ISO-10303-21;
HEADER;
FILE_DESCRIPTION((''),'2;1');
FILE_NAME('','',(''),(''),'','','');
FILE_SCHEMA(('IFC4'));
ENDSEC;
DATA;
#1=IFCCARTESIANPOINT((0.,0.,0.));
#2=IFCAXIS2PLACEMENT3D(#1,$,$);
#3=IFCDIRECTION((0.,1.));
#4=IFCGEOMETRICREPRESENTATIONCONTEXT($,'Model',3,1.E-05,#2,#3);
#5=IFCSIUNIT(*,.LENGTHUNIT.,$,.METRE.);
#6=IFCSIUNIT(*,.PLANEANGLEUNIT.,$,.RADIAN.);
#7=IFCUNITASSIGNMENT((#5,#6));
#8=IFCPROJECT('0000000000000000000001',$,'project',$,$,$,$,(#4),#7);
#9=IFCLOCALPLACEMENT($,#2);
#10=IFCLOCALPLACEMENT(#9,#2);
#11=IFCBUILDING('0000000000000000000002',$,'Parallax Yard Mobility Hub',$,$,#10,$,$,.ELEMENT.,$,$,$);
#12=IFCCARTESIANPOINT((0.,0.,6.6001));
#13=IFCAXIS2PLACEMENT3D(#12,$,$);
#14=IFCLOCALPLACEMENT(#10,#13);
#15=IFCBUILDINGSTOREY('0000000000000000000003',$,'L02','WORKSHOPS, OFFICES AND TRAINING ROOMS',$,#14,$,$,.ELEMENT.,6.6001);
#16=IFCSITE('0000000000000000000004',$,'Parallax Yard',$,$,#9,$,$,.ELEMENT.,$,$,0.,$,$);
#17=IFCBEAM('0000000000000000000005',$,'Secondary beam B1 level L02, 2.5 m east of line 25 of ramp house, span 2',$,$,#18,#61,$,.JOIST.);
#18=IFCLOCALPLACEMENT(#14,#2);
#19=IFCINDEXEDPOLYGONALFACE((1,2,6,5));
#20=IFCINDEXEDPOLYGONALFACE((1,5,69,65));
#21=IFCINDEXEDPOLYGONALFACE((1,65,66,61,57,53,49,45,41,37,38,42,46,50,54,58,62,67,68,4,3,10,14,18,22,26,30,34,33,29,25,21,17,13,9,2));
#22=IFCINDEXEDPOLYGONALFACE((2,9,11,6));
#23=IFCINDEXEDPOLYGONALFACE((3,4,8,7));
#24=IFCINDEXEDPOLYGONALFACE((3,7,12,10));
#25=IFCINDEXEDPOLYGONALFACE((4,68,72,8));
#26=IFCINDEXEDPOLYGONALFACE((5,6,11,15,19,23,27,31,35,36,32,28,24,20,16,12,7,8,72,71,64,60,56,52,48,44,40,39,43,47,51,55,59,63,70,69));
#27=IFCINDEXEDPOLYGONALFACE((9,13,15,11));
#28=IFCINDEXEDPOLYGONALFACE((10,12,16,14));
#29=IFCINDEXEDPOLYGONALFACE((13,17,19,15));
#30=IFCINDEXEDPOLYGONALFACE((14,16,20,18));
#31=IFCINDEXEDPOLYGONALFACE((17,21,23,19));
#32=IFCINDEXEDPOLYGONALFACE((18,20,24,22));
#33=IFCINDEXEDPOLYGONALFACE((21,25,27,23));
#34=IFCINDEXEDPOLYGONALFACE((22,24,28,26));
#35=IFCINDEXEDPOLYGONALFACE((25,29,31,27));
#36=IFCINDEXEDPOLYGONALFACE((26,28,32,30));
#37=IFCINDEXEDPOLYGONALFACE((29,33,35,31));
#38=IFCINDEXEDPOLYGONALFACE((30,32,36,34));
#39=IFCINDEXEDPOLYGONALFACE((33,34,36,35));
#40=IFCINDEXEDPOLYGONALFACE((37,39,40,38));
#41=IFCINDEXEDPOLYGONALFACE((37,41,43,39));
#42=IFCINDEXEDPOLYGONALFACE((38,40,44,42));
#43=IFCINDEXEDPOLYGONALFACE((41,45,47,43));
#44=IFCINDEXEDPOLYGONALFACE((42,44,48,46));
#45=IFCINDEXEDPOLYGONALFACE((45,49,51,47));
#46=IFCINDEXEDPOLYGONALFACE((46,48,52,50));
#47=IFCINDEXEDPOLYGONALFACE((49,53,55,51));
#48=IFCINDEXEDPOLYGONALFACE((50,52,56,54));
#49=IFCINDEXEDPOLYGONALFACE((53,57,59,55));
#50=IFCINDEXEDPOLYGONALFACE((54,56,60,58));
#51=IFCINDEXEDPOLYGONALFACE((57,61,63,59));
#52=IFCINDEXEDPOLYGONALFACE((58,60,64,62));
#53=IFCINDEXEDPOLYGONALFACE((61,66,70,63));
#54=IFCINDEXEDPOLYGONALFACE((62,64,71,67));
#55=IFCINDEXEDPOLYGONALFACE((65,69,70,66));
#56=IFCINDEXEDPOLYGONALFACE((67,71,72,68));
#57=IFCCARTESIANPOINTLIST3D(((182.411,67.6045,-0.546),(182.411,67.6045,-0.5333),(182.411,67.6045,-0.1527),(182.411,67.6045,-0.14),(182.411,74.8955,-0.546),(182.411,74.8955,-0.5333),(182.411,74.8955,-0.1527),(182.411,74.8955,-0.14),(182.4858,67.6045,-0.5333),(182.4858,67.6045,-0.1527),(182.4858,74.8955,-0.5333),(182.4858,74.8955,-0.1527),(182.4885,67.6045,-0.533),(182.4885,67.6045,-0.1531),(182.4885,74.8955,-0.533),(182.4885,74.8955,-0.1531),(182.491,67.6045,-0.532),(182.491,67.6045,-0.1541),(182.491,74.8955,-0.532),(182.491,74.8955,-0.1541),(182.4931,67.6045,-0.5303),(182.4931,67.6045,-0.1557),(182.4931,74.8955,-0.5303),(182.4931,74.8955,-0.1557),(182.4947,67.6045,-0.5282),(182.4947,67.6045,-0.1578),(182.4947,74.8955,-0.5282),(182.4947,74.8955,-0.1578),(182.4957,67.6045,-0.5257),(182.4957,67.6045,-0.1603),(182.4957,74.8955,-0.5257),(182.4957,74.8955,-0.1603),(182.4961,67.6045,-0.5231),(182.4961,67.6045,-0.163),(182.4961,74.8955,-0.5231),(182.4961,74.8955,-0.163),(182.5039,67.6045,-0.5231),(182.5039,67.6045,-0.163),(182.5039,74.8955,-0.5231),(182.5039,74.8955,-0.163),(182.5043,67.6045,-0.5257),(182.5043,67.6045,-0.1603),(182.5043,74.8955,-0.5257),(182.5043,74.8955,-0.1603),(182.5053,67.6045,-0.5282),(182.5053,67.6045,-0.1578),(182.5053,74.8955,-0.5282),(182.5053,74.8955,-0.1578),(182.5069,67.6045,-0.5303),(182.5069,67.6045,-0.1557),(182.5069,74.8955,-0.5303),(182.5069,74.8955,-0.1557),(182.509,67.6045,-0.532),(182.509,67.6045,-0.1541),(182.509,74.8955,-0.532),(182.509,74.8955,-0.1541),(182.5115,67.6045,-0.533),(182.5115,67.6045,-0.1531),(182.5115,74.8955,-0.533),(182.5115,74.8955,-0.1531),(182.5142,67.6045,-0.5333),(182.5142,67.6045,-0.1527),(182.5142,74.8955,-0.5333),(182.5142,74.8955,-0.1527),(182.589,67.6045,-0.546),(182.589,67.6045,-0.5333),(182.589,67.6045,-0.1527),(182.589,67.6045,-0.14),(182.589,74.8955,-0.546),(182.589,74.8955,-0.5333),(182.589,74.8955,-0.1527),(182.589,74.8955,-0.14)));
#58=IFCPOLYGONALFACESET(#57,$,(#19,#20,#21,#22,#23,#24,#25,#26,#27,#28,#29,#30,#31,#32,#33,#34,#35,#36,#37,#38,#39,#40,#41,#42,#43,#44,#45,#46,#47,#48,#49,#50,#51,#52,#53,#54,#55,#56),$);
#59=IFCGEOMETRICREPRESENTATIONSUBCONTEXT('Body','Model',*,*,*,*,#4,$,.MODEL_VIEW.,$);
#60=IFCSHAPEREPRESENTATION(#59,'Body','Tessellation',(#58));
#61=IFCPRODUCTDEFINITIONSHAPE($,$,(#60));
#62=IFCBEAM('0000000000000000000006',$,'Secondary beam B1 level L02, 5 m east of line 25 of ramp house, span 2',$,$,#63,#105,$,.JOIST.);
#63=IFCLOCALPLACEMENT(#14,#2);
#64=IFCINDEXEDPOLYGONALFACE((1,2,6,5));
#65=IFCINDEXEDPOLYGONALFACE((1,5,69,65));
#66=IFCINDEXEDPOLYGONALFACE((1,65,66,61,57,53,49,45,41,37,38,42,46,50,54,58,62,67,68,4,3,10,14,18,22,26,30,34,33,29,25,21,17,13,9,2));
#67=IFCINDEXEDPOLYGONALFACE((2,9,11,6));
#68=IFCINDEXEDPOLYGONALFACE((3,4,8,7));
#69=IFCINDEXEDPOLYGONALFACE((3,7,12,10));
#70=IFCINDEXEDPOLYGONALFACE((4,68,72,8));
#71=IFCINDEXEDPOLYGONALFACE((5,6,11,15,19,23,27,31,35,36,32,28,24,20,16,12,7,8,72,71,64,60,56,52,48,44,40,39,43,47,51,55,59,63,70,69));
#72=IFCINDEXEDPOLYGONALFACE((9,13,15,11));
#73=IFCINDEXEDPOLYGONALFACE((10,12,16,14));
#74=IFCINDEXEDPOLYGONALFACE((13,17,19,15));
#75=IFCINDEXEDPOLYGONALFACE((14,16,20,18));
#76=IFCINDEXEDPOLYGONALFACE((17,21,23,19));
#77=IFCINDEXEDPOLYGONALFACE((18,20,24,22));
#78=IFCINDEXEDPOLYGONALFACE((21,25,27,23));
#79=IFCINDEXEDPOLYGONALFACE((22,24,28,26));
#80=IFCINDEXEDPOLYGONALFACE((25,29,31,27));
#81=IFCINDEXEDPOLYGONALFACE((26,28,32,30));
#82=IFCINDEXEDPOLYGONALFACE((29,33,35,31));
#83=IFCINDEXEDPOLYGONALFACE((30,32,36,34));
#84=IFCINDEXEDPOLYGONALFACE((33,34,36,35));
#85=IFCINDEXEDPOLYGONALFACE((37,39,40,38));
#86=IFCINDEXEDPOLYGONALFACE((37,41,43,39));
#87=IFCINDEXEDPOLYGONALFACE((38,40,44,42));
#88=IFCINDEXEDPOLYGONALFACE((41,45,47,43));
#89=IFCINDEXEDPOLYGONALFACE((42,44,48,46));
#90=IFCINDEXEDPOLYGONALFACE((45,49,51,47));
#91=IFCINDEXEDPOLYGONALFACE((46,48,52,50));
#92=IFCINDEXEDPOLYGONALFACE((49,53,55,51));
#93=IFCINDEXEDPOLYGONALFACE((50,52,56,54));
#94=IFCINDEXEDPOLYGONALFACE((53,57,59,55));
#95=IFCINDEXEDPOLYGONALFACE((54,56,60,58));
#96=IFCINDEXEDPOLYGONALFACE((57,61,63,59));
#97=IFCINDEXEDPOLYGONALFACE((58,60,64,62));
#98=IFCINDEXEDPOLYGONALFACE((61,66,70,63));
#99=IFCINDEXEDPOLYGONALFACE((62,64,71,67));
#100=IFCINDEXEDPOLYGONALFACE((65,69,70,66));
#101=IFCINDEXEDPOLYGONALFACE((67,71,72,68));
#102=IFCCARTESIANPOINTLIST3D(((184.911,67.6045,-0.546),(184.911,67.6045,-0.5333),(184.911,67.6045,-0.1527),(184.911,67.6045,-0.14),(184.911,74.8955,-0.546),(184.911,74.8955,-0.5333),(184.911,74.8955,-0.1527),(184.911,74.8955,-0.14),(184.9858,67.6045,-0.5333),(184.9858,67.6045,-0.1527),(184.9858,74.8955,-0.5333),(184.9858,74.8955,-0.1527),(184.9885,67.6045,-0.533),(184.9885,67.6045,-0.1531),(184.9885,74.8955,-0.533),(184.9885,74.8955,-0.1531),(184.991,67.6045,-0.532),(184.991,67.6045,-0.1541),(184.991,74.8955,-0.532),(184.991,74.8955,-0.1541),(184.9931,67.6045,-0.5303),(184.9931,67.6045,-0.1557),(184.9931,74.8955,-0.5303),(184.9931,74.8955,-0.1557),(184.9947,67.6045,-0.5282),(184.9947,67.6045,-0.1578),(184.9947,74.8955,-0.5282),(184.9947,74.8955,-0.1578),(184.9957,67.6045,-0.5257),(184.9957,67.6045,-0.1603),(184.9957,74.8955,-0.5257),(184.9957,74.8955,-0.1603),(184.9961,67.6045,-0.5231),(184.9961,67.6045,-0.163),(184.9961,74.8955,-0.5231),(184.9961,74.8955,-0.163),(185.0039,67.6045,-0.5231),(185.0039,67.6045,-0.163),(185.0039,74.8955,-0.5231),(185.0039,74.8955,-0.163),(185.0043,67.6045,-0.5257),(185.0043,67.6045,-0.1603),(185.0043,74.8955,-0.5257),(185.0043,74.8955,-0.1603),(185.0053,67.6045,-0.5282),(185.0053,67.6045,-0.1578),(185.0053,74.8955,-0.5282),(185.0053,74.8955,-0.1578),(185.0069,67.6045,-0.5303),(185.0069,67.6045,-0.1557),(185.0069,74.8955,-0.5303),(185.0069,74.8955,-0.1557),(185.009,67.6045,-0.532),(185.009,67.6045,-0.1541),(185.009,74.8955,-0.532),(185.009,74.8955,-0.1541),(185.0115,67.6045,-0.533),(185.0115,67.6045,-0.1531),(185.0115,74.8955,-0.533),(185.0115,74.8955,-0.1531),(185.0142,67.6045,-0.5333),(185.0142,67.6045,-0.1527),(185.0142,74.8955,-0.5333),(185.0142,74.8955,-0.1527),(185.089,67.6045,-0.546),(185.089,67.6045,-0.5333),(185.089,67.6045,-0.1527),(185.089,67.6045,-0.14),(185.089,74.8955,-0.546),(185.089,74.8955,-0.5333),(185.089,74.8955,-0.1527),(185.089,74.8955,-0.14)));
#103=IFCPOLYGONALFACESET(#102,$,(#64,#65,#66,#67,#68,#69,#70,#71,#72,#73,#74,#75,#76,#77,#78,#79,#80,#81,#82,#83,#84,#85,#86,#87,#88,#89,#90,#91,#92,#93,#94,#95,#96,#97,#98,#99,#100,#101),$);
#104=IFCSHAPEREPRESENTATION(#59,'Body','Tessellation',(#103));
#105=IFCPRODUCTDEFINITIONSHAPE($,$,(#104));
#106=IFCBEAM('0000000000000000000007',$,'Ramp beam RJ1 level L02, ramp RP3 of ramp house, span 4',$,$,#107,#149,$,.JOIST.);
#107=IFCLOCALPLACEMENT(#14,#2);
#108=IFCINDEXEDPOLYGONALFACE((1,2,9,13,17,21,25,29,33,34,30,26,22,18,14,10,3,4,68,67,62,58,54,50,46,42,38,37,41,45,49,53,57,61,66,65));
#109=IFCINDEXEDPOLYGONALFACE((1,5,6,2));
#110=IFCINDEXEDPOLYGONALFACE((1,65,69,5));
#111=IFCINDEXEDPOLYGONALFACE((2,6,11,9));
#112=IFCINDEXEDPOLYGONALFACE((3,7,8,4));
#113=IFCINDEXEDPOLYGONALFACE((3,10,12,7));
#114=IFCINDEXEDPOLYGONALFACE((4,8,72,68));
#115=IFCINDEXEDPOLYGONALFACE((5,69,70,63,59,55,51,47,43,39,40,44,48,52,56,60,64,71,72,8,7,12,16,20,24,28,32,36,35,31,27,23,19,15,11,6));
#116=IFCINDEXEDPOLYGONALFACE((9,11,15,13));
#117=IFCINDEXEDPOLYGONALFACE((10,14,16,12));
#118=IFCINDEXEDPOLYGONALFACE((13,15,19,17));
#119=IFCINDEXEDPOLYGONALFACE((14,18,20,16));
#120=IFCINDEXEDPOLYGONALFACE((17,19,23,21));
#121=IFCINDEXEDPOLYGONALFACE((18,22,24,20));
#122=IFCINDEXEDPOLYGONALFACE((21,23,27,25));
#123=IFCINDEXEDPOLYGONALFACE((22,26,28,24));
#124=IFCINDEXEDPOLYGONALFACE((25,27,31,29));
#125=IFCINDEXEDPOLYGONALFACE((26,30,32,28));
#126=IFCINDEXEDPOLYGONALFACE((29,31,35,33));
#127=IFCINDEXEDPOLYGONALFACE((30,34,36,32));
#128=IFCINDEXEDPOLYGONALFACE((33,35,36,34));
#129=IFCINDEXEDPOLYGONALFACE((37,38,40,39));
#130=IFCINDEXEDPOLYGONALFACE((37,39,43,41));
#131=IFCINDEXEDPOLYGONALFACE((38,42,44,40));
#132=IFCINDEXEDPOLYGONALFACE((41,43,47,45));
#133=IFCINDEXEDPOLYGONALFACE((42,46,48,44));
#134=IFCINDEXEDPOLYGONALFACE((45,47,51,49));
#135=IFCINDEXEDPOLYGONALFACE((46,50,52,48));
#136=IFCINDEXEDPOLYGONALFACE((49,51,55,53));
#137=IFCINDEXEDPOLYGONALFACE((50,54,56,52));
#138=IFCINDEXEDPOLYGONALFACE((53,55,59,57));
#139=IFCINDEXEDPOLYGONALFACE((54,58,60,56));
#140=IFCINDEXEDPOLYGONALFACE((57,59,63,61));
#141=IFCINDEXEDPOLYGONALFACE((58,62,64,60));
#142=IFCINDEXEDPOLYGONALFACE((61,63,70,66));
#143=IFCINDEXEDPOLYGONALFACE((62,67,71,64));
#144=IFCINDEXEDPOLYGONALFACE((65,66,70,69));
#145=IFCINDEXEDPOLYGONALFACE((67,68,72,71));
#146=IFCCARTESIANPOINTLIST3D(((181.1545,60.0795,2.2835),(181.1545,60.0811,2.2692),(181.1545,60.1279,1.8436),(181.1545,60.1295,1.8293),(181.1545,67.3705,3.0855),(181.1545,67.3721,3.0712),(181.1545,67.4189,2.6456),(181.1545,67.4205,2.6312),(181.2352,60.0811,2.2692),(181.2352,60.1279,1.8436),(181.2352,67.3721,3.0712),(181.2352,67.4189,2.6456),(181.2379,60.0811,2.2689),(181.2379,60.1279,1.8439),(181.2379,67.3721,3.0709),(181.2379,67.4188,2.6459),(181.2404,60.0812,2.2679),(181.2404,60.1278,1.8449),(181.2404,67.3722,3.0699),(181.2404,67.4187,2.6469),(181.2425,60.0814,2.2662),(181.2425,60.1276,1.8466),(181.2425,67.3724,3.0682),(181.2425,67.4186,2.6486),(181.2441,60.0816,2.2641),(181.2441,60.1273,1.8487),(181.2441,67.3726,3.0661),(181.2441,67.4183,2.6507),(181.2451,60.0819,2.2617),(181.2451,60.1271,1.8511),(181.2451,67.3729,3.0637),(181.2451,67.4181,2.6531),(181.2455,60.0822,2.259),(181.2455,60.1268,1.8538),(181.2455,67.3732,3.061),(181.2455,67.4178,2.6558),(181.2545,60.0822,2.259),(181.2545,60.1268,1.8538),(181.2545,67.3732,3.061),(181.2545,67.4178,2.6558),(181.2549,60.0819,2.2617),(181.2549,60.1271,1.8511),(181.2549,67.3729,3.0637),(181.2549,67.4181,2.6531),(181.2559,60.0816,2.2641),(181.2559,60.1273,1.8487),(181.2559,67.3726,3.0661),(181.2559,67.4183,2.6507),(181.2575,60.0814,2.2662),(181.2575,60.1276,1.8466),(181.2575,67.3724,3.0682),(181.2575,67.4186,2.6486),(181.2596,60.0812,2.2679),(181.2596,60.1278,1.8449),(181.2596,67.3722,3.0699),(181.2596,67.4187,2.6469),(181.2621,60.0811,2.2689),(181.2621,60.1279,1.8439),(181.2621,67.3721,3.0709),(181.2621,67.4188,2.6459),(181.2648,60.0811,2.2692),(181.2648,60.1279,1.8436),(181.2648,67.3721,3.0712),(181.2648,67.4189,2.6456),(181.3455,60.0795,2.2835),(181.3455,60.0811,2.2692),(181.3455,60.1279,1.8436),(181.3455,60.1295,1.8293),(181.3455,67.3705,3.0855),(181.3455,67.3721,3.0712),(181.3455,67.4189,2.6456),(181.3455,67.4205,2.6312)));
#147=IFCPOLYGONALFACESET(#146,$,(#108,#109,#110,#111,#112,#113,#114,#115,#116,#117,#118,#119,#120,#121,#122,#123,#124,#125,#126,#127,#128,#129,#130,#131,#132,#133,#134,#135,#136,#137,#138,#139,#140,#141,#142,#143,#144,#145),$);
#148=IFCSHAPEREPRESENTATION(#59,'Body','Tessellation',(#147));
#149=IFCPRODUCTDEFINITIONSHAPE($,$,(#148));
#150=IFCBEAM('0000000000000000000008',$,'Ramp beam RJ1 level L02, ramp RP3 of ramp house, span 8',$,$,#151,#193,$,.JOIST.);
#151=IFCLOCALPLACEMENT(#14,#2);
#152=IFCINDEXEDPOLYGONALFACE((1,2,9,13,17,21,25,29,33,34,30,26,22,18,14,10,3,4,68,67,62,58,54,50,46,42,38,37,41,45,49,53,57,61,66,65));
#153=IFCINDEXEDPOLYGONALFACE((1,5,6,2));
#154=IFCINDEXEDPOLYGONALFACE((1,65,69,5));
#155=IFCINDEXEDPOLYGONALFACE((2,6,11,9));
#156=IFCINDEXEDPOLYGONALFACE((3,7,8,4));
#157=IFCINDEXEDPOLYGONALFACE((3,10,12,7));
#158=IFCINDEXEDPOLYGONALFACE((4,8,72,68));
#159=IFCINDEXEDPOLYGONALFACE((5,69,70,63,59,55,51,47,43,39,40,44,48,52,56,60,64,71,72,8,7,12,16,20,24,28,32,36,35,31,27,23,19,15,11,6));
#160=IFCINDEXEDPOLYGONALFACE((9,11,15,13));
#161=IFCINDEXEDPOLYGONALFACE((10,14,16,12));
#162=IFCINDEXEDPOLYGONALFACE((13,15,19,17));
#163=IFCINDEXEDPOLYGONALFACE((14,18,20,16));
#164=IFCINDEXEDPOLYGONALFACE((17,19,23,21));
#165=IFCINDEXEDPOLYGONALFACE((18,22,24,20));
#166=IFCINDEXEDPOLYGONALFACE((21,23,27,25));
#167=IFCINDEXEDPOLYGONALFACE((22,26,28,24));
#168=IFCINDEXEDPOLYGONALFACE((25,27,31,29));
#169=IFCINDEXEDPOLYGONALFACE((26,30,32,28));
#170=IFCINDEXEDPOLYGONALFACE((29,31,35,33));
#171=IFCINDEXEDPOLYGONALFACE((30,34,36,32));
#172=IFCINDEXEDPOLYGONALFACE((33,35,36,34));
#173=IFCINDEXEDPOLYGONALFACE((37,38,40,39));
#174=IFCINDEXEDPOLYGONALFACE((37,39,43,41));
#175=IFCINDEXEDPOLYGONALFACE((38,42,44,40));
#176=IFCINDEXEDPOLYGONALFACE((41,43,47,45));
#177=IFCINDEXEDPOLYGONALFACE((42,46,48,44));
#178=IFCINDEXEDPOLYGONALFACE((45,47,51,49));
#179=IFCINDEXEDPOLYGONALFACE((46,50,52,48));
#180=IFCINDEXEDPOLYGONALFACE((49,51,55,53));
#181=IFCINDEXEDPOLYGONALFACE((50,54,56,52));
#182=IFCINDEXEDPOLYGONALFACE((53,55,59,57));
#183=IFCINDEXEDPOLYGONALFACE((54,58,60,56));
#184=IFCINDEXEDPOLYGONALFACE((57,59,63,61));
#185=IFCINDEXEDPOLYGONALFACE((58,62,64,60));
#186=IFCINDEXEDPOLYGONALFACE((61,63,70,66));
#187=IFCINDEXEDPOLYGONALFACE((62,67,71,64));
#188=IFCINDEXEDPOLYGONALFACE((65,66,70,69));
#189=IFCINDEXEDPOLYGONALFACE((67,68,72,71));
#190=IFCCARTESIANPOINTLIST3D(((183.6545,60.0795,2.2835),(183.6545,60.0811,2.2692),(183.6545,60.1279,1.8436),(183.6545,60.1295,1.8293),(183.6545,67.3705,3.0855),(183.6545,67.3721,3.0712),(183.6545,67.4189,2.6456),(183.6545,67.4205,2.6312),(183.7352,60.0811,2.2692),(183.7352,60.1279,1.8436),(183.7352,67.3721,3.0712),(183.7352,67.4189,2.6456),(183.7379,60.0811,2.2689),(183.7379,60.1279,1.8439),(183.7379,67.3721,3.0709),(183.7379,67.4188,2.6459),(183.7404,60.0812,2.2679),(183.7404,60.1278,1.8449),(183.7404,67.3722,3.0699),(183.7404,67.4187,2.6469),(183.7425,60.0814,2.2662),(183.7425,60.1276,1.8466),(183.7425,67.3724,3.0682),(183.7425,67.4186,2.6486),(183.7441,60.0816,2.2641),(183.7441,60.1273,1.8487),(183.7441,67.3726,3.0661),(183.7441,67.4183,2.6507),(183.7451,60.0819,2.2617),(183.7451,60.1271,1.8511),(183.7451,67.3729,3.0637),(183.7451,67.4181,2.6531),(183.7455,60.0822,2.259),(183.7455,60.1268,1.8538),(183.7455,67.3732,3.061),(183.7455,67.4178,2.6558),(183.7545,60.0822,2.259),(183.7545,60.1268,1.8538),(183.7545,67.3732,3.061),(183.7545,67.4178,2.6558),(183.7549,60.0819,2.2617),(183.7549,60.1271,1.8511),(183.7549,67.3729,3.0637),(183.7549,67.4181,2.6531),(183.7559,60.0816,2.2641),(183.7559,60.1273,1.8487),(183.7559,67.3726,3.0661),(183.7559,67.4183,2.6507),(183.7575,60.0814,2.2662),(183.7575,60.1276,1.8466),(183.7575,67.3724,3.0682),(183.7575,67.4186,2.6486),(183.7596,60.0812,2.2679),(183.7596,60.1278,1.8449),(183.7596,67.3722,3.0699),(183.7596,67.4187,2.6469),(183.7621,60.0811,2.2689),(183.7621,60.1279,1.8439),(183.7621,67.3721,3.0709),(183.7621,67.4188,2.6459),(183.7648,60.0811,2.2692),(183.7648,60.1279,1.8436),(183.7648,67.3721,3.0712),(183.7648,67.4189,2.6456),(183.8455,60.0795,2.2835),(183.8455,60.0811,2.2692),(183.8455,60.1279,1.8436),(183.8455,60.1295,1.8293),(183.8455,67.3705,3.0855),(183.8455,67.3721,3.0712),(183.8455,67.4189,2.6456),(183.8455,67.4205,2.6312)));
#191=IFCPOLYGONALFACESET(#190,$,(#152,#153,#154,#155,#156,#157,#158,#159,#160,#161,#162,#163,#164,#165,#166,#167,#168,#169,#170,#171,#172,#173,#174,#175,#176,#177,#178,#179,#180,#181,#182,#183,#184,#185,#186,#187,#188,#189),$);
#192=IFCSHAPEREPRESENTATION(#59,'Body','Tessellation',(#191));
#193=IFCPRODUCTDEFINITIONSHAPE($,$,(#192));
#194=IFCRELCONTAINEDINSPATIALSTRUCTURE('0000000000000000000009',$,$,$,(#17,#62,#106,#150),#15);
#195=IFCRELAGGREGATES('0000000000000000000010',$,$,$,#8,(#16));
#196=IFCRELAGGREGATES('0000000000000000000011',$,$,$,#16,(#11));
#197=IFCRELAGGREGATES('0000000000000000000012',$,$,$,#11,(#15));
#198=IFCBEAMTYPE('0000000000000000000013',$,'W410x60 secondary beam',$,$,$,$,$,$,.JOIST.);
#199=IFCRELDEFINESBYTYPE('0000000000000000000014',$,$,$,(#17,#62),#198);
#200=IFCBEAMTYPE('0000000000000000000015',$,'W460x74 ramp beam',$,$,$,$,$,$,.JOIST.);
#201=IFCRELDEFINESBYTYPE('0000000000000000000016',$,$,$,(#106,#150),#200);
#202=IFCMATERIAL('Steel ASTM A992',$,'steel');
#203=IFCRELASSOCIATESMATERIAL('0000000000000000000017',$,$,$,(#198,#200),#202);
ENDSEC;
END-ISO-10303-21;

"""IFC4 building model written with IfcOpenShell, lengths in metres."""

from ifc_helpers import new_model, si_unit, direction, frame, origin, origin_2d, place, context, subcontext, project, spatial, i_section, extrude, material, material_profile, profile_set, type_object, element, save


model = new_model("IFC4")

# Units and contexts
model_context = context("Model", 3, precision=1e-05, world=origin(), true_north=direction((0.0, 1.0)))
body_context = subcontext(model_context, "Body", "Model", "MODEL_VIEW")
ifc_project = project(units=[si_unit("LENGTHUNIT", "METRE"), si_unit("PLANEANGLEUNIT", "RADIAN")], contexts=[model_context])

# Site, building, storey
site_placement = place(None, origin())
site = spatial("IfcSite", under=ifc_project, at=site_placement, Name="Parallax Yard", CompositionType="ELEMENT", RefElevation=0.0)
building_placement = place(site_placement, origin())
building = spatial("IfcBuilding", under=site, at=building_placement, Name="Parallax Yard Mobility Hub", CompositionType="ELEMENT")
storey_placement = place(building_placement, frame((0.0, 0.0, 6.6001)))
storey = spatial("IfcBuildingStorey", under=building, at=storey_placement, Name="L02", Description="WORKSHOPS, OFFICES AND TRAINING ROOMS", CompositionType="ELEMENT", Elevation=6.6001)

# Shared definitions
ifc_material_1 = material(Name="Steel ASTM A992", Category="steel")

# Beams
ifc_material_profile_1 = material_profile(ifc_material_1, i_section(OverallWidth=0.178, OverallDepth=0.406, WebThickness=0.0078, FlangeThickness=0.0127, FilletRadius=0.0103, at=origin_2d()), Name="W410x60")
ifc_profile_set_1 = profile_set([ifc_material_profile_1], Name="Steel ASTM A992")
beam_type_1 = type_object("IfcBeamType", Name="W410x60 secondary beam", PredefinedType="JOIST", material=ifc_profile_set_1)
for number, where, z_axis, x_axis, name in (
    (1, (182.5, 67.6045, -0.343), (0.0, 1.0, 0.0), (-1.0, 0.0, 0.0), "Secondary beam B1 level L02, 2.5 m east of line 25 of ramp house, span 2"),
    (2, (185.0, 67.6045, -0.343), (0.0, 1.0, 0.0), (-1.0, 0.0, 0.0), "Secondary beam B1 level L02, 5 m east of line 25 of ramp house, span 2"),
):
    element("IfcBeam", number, at=place(storey_placement, frame(where, z_axis=z_axis, x_axis=x_axis)), inside=storey, type_object=beam_type_1, Name=name, PredefinedType="JOIST", context=body_context, shape_type="SweptSolid", body=[
        extrude(i_section(OverallWidth=0.178, OverallDepth=0.406, WebThickness=0.0078, FlangeThickness=0.0127, FilletRadius=0.0103, at=origin_2d()), origin(), (0.0, 0.0, 1.0), 7.291),
    ])
ifc_material_profile_2 = material_profile(ifc_material_1, i_section(OverallWidth=0.1909, OverallDepth=0.457, WebThickness=0.009, FlangeThickness=0.0144, FilletRadius=0.0103, at=origin_2d()), Name="W460x74")
ifc_profile_set_2 = profile_set([ifc_material_profile_2], Name="Steel ASTM A992")
beam_type_2 = type_object("IfcBeamType", Name="W460x74 ramp beam", PredefinedType="JOIST", material=ifc_profile_set_2)
for number, where, z_axis, x_axis, name in (
    (3, (181.25, 60.1045, 2.0564), (0.0, 0.994005, 0.109339), (-1.0, 0.0, 0.0), "Ramp beam RJ1 level L02, ramp RP3 of ramp house, span 4"),
    (4, (183.75, 60.1045, 2.0564), (0.0, 0.994005, 0.109339), (-1.0, 0.0, 0.0), "Ramp beam RJ1 level L02, ramp RP3 of ramp house, span 8"),
):
    element("IfcBeam", number, at=place(storey_placement, frame(where, z_axis=z_axis, x_axis=x_axis)), inside=storey, type_object=beam_type_2, Name=name, PredefinedType="JOIST", context=body_context, shape_type="SweptSolid", body=[
        extrude(i_section(OverallWidth=0.1909, OverallDepth=0.457, WebThickness=0.009, FlangeThickness=0.0144, FilletRadius=0.0103, at=origin_2d()), origin(), (0.0, 0.0, 1.0), 7.335),
    ])

save(model, "model.ifc")
